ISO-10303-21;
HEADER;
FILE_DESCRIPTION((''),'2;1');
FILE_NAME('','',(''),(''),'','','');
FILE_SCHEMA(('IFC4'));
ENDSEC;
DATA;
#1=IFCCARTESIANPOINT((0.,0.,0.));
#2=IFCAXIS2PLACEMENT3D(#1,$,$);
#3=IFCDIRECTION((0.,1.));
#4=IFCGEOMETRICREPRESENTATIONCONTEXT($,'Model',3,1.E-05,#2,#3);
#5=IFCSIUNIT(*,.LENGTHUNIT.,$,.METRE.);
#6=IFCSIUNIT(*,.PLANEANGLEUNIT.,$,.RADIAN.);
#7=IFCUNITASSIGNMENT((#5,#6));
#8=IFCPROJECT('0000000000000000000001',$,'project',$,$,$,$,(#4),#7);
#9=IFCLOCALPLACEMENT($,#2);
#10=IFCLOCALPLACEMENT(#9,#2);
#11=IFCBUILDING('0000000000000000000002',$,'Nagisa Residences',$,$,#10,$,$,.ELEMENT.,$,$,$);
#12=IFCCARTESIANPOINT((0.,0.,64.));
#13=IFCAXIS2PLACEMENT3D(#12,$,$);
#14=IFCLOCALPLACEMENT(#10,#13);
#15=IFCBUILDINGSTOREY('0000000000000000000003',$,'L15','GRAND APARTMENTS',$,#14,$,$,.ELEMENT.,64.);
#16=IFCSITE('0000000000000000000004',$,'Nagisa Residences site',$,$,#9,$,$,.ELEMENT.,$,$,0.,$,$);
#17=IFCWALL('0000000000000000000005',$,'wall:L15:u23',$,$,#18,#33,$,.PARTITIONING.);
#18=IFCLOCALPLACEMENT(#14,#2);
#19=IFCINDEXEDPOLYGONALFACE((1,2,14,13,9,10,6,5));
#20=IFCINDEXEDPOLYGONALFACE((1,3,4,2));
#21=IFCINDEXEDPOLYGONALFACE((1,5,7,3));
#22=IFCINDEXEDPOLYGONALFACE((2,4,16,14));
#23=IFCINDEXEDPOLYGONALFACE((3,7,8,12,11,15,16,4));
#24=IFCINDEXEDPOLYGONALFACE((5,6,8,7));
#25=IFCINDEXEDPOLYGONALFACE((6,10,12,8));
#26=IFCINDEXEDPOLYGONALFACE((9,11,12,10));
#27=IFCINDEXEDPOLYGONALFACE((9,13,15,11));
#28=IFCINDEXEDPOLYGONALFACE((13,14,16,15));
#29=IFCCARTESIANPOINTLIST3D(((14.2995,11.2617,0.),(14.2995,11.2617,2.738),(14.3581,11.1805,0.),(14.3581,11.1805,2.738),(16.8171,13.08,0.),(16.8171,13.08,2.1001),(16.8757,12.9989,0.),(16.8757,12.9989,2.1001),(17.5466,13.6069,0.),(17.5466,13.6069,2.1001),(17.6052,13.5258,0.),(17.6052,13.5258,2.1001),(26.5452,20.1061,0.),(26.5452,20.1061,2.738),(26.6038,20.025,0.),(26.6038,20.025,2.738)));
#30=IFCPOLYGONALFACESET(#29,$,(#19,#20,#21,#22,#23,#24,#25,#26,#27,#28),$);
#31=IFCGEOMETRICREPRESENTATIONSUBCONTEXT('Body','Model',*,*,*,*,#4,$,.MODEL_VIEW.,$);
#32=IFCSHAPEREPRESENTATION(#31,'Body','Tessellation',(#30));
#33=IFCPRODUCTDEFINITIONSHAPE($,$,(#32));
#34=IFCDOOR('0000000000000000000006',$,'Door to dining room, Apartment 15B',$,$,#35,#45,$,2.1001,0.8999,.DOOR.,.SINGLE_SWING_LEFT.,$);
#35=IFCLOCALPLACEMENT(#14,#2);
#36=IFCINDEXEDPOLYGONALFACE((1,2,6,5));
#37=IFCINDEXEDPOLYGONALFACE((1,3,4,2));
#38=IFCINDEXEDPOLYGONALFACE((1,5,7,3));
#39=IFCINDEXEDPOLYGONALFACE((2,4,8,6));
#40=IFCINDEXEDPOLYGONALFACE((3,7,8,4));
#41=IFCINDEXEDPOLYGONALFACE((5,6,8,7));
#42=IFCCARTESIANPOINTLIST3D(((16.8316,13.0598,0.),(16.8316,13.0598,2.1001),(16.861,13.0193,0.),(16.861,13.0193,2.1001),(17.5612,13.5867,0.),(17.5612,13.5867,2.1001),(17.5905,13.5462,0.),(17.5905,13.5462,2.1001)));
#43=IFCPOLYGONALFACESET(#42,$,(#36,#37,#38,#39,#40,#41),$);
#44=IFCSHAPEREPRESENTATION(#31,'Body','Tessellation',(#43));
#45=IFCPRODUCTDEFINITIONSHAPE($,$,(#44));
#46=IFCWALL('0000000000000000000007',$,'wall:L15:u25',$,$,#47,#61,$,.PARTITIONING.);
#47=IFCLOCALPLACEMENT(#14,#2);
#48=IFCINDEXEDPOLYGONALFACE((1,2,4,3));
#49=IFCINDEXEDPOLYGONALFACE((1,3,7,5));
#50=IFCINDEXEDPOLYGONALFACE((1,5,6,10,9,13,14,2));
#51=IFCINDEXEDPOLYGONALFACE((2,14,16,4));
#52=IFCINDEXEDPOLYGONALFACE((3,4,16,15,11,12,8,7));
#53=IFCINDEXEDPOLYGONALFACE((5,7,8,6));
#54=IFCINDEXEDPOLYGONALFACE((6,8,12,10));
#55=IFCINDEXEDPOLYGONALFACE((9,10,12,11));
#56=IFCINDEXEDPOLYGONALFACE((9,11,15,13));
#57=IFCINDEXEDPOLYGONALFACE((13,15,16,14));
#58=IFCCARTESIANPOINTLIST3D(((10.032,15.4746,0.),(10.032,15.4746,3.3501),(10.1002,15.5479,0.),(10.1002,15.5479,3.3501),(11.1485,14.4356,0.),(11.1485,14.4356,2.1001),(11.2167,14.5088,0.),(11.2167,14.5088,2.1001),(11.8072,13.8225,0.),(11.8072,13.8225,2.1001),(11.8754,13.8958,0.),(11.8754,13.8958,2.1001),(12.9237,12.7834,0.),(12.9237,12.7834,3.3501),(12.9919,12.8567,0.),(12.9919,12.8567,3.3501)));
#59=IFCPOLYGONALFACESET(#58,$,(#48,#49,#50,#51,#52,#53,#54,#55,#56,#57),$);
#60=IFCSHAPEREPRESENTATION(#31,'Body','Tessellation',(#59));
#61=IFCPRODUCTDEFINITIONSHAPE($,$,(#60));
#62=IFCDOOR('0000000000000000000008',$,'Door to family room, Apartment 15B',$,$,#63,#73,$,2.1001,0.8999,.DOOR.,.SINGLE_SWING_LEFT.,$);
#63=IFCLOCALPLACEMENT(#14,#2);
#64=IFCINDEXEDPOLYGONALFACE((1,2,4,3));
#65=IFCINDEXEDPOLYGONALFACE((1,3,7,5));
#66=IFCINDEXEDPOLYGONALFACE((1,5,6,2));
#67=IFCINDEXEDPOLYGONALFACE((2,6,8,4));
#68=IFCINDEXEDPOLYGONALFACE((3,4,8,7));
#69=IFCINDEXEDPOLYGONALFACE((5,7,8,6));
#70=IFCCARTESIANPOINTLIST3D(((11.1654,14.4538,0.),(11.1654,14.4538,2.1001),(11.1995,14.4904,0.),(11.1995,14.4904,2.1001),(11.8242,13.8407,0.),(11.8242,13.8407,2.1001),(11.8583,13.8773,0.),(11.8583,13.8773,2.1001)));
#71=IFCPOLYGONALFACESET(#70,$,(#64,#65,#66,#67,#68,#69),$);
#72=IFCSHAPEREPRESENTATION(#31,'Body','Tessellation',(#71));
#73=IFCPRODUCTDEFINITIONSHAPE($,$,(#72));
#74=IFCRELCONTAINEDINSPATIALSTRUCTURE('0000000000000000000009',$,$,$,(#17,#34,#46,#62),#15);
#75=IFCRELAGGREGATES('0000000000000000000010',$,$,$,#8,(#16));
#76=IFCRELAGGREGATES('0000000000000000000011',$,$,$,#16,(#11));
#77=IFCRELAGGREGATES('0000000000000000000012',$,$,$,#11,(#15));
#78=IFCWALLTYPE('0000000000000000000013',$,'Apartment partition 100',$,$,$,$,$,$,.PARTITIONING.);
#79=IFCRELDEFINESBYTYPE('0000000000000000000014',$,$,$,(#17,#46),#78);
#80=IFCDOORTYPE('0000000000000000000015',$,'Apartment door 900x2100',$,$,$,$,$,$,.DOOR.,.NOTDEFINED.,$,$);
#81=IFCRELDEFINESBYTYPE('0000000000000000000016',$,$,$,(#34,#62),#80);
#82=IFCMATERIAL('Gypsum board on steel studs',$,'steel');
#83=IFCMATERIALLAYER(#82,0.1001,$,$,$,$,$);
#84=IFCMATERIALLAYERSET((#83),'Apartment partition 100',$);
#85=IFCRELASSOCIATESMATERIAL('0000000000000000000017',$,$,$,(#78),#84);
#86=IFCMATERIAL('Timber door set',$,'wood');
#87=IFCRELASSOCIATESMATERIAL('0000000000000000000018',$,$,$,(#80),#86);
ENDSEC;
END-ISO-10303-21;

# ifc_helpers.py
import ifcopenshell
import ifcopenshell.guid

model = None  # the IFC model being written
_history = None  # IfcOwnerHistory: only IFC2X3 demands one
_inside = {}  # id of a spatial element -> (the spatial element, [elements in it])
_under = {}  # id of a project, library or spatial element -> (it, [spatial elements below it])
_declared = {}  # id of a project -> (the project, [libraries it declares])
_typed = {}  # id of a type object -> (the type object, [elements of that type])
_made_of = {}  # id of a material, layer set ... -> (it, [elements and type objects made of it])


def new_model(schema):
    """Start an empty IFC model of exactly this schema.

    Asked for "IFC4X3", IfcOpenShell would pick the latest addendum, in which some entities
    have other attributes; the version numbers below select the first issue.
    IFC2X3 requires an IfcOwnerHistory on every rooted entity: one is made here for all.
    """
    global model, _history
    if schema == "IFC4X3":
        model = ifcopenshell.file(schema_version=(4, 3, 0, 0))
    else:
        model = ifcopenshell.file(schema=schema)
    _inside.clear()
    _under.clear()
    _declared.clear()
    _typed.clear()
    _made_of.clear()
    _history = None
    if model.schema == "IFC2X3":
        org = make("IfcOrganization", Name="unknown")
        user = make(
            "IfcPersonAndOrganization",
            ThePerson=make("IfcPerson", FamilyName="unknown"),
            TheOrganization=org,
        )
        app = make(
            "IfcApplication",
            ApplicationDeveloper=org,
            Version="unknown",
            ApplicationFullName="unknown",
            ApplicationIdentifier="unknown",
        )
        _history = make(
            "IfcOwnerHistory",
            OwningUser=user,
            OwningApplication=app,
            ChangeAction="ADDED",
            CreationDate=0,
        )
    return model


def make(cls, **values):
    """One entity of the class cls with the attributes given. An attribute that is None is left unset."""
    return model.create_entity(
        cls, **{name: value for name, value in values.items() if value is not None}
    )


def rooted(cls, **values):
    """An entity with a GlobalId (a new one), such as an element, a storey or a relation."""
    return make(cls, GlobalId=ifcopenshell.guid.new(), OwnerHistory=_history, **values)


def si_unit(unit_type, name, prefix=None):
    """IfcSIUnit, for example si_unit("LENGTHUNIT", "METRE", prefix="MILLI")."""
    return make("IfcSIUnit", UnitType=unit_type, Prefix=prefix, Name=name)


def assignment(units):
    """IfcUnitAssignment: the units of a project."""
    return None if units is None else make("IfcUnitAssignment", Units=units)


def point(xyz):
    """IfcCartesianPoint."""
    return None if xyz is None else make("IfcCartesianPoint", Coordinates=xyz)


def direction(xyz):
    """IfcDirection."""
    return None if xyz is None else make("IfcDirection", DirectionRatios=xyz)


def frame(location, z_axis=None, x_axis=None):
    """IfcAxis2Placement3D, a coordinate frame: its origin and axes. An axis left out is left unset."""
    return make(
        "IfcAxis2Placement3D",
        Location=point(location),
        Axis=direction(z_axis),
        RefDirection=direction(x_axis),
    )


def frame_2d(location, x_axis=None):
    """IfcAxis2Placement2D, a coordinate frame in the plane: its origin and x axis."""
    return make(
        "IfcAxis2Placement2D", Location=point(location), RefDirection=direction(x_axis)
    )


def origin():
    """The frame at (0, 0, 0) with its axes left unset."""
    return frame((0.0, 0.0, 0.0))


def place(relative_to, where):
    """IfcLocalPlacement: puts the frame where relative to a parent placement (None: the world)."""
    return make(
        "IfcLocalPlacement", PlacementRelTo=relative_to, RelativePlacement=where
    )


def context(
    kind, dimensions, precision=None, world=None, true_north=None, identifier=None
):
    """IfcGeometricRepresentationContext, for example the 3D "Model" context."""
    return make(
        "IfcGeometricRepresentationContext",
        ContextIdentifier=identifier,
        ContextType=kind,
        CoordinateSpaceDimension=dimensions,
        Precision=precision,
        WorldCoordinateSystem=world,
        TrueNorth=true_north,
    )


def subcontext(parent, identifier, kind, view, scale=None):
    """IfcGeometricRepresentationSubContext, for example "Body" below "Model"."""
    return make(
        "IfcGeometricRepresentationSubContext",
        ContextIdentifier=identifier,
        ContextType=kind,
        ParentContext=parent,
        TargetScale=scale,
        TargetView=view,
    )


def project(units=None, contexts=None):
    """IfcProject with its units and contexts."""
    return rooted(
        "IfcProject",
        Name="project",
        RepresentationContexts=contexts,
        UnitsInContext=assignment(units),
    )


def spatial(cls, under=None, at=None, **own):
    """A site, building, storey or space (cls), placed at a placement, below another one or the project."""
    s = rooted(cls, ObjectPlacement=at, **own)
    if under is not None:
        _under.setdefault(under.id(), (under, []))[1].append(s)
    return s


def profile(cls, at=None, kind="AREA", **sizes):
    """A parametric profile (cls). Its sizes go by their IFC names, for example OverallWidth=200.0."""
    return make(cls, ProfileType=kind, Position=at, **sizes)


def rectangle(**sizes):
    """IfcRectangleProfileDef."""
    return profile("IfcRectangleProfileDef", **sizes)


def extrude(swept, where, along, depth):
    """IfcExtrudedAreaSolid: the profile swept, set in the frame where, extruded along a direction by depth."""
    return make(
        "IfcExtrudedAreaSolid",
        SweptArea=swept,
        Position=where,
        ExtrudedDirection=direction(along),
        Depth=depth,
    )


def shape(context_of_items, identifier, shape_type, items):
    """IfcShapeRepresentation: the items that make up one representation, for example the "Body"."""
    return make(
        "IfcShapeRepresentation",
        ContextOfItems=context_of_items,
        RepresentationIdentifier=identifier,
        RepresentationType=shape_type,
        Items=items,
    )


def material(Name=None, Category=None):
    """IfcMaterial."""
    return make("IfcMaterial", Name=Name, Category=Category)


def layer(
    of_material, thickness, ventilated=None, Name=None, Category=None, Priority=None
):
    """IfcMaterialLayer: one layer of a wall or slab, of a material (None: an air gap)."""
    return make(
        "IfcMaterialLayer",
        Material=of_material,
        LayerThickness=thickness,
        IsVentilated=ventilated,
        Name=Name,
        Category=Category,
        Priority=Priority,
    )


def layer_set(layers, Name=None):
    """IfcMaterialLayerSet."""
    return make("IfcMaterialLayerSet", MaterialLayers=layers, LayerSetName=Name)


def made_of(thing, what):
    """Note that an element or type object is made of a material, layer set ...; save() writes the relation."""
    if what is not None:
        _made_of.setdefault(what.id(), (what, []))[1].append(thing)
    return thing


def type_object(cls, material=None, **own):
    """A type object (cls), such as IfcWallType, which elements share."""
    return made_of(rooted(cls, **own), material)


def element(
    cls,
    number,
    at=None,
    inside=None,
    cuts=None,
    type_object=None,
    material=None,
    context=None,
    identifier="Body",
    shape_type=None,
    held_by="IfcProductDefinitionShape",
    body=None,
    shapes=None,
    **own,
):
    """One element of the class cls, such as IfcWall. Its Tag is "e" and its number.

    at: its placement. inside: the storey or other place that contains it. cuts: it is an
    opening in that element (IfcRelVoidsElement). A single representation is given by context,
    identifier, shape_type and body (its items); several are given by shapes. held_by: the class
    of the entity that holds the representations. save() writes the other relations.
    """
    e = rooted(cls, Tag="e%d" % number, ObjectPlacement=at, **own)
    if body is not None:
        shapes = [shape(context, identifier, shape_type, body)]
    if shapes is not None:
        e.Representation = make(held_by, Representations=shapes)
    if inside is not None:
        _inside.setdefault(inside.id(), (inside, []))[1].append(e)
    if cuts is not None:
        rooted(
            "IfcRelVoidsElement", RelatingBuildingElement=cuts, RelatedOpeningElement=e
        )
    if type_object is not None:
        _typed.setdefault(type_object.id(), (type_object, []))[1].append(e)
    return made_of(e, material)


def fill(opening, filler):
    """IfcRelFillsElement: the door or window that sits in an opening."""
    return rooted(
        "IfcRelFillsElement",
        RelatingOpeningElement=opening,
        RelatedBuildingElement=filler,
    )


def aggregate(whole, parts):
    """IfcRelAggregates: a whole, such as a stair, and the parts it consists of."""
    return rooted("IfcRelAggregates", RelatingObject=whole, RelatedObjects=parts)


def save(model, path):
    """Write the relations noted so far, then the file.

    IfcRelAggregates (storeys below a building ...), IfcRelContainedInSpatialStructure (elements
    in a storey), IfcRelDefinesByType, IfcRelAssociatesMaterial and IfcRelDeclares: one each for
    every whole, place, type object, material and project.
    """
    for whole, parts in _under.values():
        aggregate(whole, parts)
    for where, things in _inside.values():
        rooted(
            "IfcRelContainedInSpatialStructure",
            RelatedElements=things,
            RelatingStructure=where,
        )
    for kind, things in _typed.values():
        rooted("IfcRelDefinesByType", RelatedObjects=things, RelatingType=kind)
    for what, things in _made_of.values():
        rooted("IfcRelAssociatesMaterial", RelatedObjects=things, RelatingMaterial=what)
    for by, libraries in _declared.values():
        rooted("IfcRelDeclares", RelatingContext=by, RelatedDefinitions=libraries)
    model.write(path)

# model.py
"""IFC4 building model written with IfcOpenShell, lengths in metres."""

from ifc_helpers import new_model, si_unit, direction, frame, frame_2d, origin, place, context, subcontext, project, spatial, rectangle, extrude, material, layer, layer_set, type_object, element, fill, save


model = new_model("IFC4")

# Units and contexts
model_context = context("Model", 3, precision=1e-05, world=origin(), true_north=direction((0.0, 1.0)))
body_context = subcontext(model_context, "Body", "Model", "MODEL_VIEW")
ifc_project = project(units=[si_unit("LENGTHUNIT", "METRE"), si_unit("PLANEANGLEUNIT", "RADIAN")], contexts=[model_context])

# Site, building, storey
site_placement = place(None, origin())
site = spatial("IfcSite", under=ifc_project, at=site_placement, Name="Nagisa Residences site", CompositionType="ELEMENT", RefElevation=0.0)
building_placement = place(site_placement, origin())
building = spatial("IfcBuilding", under=site, at=building_placement, Name="Nagisa Residences", CompositionType="ELEMENT")
storey_placement = place(building_placement, frame((0.0, 0.0, 64.0)))
storey = spatial("IfcBuildingStorey", under=building, at=storey_placement, Name="L15", Description="GRAND APARTMENTS", CompositionType="ELEMENT", Elevation=64.0)

# Shared definitions
ifc_material_1 = material(Name="Gypsum board on steel studs", Category="steel")
ifc_layer_1 = layer(ifc_material_1, 0.1001)
ifc_layer_set_1 = layer_set([ifc_layer_1], Name="Apartment partition 100")
wall_type_1 = type_object("IfcWallType", Name="Apartment partition 100", PredefinedType="PARTITIONING", material=ifc_layer_set_1)

# Shared definitions
ifc_material_2 = material(Name="Timber door set", Category="wood")
door_type_1 = type_object("IfcDoorType", Name="Apartment door 900x2100", OperationType="NOTDEFINED", PredefinedType="DOOR", material=ifc_material_2)

# Walls, openings, doors
wall_1_placement = place(storey_placement, frame((14.3289, 11.2212, 0.0), z_axis=(0.0, 0.0, 1.0), x_axis=(0.810671, 0.585502, 0.0)))
wall_1 = element("IfcWall", 1, at=wall_1_placement, inside=storey, type_object=wall_type_1, Name="wall:L15:u23", PredefinedType="PARTITIONING", context=body_context, shape_type="SweptSolid", body=[
    extrude(rectangle(XDim=15.1057, YDim=0.1001, at=frame_2d((7.5527, 0.0))), origin(), (0.0, 0.0, 1.0), 2.738),
])
opening_1_placement = place(wall_1_placement, frame((3.1055, 0.0, 0.0)))
opening_1 = element("IfcOpeningElement", 2, at=opening_1_placement, cuts=wall_1, PredefinedType="OPENING", context=body_context, shape_type="SweptSolid", body=[
    extrude(rectangle(XDim=0.8999, YDim=2.1001, at=frame_2d((0.45, 1.05))), frame((0.0, 0.0601, 0.0), z_axis=(0.0, -1.0, 0.0), x_axis=(1.0, 0.0, 0.0)), (0.0, 0.0, 1.0), 0.1201),
])
door_1_placement = place(opening_1_placement, frame((0.8999, 0.0, 0.0), x_axis=(-1.0, 0.0, 0.0)))
door_1 = element("IfcDoor", 3, at=door_1_placement, inside=storey, type_object=door_type_1, Name="Door to dining room, Apartment 15B", OperationType="SINGLE_SWING_LEFT", OverallHeight=2.1001, OverallWidth=0.8999, PredefinedType="DOOR", context=body_context, shape_type="SweptSolid", body=[
    extrude(rectangle(XDim=0.8999, YDim=2.1001, at=frame_2d((0.45, 1.05))), frame((0.0, 0.0249, 0.0), z_axis=(0.0, -1.0, 0.0), x_axis=(1.0, 0.0, 0.0)), (0.0, 0.0, 1.0), 0.05),
])
fill(opening_1, door_1)
wall_2_placement = place(storey_placement, frame((12.9578, 12.8201, 0.0), z_axis=(0.0, 0.0, 1.0), x_axis=(-0.732023, 0.68128, 0.0)))
wall_2 = element("IfcWall", 4, at=wall_2_placement, inside=storey, type_object=wall_type_1, Name="wall:L15:u25", PredefinedType="PARTITIONING", context=body_context, shape_type="SweptSolid", body=[
    extrude(rectangle(XDim=3.9502, YDim=0.1001, at=frame_2d((1.9751, 0.0))), origin(), (0.0, 0.0, 1.0), 3.3501),
])
opening_2_placement = place(wall_2_placement, frame((1.5251, 0.0, 0.0)))
opening_2 = element("IfcOpeningElement", 5, at=opening_2_placement, cuts=wall_2, PredefinedType="OPENING", context=body_context, shape_type="SweptSolid", body=[
    extrude(rectangle(XDim=0.8999, YDim=2.1001, at=frame_2d((0.45, 1.05))), frame((0.0, 0.0601, 0.0), z_axis=(0.0, -1.0, 0.0), x_axis=(1.0, 0.0, 0.0)), (0.0, 0.0, 1.0), 0.1201),
])
door_2_placement = place(opening_2_placement, frame((0.8999, 0.0, 0.0), x_axis=(-1.0, 0.0, 0.0)))
door_2 = element("IfcDoor", 6, at=door_2_placement, inside=storey, type_object=door_type_1, Name="Door to family room, Apartment 15B", OperationType="SINGLE_SWING_LEFT", OverallHeight=2.1001, OverallWidth=0.8999, PredefinedType="DOOR", context=body_context, shape_type="SweptSolid", body=[
    extrude(rectangle(XDim=0.8999, YDim=2.1001, at=frame_2d((0.45, 1.05))), frame((0.0, 0.0249, 0.0), z_axis=(0.0, -1.0, 0.0), x_axis=(1.0, 0.0, 0.0)), (0.0, 0.0, 1.0), 0.05),
])
fill(opening_2, door_2)

save(model, "model.ifc")
